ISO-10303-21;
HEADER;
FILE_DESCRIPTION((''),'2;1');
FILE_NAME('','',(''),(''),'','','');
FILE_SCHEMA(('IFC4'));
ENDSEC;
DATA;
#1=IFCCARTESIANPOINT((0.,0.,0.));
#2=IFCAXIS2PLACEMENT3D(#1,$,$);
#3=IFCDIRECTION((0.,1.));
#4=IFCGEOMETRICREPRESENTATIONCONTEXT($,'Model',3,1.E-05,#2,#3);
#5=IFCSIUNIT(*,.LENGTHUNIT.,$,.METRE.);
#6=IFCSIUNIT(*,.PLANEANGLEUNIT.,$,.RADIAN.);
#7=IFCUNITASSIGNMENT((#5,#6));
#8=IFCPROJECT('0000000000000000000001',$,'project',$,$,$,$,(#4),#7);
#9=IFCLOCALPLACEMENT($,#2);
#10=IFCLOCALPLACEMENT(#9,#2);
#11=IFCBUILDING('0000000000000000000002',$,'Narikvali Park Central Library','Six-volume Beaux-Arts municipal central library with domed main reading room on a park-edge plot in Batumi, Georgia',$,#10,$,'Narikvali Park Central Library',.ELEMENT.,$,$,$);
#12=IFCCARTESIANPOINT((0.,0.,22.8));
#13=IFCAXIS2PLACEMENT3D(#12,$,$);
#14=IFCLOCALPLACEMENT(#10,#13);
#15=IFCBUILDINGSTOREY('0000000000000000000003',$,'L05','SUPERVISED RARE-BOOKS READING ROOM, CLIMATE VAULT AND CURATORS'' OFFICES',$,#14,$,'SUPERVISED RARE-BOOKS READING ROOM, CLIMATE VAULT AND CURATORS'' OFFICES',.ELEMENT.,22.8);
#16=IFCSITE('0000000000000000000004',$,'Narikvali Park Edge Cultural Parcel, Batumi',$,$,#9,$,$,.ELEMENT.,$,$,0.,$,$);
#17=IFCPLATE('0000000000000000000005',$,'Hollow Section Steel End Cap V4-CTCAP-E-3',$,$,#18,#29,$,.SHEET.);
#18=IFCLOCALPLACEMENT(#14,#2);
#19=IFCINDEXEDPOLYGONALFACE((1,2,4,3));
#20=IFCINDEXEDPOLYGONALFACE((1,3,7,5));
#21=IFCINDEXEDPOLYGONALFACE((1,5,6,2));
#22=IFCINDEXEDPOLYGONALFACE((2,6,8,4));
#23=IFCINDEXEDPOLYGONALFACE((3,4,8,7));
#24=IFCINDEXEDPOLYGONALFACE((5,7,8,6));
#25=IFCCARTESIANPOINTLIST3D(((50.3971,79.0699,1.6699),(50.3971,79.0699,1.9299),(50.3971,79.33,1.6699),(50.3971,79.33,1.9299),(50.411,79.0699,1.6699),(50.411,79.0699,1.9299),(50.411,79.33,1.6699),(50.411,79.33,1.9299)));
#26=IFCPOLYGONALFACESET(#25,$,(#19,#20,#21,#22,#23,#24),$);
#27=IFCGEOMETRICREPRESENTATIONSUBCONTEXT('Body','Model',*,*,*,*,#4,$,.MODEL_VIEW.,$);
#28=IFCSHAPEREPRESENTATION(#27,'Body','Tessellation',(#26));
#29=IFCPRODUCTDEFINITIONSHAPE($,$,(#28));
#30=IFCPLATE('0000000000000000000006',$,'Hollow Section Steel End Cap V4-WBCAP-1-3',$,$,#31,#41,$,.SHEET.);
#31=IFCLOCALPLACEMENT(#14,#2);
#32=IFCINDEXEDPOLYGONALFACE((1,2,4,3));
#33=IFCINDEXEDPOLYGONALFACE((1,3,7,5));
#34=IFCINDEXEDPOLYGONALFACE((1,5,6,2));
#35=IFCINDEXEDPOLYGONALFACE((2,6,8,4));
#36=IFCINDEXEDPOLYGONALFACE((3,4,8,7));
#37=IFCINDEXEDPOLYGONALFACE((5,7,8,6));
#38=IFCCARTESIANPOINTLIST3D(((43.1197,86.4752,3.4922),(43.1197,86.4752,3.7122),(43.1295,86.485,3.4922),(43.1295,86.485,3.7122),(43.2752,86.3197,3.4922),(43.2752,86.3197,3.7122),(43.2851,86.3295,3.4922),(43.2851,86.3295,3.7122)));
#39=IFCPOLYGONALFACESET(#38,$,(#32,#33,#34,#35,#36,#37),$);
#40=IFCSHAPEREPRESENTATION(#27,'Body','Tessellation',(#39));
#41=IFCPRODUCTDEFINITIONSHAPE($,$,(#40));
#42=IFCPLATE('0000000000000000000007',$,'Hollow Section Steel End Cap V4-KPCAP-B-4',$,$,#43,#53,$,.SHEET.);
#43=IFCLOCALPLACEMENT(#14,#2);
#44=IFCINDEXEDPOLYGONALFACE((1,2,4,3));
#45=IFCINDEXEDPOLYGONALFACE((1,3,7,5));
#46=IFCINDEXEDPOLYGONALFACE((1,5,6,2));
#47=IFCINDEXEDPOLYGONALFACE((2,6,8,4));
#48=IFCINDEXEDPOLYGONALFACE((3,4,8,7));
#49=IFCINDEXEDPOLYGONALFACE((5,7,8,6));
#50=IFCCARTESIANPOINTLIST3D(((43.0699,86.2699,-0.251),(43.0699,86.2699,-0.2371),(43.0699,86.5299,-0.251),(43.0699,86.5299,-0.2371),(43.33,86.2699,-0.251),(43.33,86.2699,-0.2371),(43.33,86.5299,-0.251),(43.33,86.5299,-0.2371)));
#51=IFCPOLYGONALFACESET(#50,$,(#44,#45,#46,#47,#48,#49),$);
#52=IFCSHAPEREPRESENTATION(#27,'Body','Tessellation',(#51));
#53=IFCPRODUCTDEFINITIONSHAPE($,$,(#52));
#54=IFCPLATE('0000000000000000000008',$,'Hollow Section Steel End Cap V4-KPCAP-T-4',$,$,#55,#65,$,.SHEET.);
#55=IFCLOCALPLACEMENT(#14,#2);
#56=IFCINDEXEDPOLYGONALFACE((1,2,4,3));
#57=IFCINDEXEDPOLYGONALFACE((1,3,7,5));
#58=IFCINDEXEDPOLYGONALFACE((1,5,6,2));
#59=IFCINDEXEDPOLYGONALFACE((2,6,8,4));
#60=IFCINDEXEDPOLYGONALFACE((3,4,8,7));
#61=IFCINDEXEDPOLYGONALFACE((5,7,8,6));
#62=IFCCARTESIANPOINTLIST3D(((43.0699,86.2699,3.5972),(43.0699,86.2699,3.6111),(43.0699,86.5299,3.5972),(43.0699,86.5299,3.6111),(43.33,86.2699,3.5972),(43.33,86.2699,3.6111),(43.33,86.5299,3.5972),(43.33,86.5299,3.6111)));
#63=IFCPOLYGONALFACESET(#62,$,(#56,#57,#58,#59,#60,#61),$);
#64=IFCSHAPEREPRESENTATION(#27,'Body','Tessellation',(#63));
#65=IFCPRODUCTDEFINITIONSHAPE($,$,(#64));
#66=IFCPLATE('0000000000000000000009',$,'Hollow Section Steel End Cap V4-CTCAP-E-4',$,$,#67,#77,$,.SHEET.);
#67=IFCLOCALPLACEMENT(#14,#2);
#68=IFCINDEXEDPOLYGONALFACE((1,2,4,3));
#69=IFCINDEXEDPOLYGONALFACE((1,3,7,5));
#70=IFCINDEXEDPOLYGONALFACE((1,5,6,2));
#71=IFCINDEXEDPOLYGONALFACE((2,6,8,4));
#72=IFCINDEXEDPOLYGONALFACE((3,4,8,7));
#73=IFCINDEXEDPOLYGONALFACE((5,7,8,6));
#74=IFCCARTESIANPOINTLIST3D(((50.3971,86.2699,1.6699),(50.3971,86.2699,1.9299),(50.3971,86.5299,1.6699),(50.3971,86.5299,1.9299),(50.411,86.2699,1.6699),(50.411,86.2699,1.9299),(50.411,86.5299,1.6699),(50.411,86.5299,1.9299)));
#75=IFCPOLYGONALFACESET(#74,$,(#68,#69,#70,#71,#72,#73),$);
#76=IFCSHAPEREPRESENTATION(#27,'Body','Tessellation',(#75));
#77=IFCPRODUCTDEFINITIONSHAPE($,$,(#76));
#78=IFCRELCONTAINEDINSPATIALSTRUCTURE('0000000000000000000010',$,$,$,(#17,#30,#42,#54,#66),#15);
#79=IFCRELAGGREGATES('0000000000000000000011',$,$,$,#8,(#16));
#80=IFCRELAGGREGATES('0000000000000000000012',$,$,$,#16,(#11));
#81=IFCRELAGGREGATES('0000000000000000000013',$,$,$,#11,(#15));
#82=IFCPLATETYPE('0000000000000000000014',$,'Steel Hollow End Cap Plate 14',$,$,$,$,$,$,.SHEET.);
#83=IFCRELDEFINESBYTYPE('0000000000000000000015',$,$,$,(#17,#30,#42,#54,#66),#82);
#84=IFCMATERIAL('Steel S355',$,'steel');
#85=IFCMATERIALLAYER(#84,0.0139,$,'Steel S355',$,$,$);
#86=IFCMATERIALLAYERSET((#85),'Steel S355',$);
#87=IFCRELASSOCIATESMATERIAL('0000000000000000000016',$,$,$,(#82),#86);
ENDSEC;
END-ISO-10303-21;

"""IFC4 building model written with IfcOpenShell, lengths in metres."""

from ifc_helpers import new_model, si_unit, direction, frame, origin, origin_2d, place, context, subcontext, project, spatial, rectangle, extrude, material, layer, layer_set, type_object, element, save


model = new_model("IFC4")

# Units and contexts
model_context = context("Model", 3, precision=1e-05, world=origin(), true_north=direction((0.0, 1.0)))
body_context = subcontext(model_context, "Body", "Model", "MODEL_VIEW")
ifc_project = project(units=[si_unit("LENGTHUNIT", "METRE"), si_unit("PLANEANGLEUNIT", "RADIAN")], contexts=[model_context])

# Site, building, storey
site_placement = place(None, origin())
site = spatial("IfcSite", under=ifc_project, at=site_placement, Name="Narikvali Park Edge Cultural Parcel, Batumi", CompositionType="ELEMENT", RefElevation=0.0)
building_placement = place(site_placement, origin())
building = spatial("IfcBuilding", under=site, at=building_placement, Name="Narikvali Park Central Library", Description="Six-volume Beaux-Arts municipal central library with domed main reading room on a park-edge plot in Batumi, Georgia", LongName="Narikvali Park Central Library", CompositionType="ELEMENT")
storey_placement = place(building_placement, frame((0.0, 0.0, 22.8)))
storey = spatial("IfcBuildingStorey", under=building, at=storey_placement, Name="L05", Description="SUPERVISED RARE-BOOKS READING ROOM, CLIMATE VAULT AND CURATORS' OFFICES", LongName="SUPERVISED RARE-BOOKS READING ROOM, CLIMATE VAULT AND CURATORS' OFFICES", CompositionType="ELEMENT", Elevation=22.8)

# Shared definitions
ifc_material = material(Name="Steel S355", Category="steel")

# Plates
ifc_layer = layer(ifc_material, 0.0139, Name="Steel S355")
ifc_layer_set = layer_set([ifc_layer], Name="Steel S355")
plate_type = type_object("IfcPlateType", Name="Steel Hollow End Cap Plate 14", PredefinedType="SHEET", material=ifc_layer_set)
plate_1_placement = place(storey_placement, frame((50.4041, 79.2, 1.6699), z_axis=(0.0, 0.0, 1.0), x_axis=(1.0, 0.0, 0.0)))
element("IfcPlate", 1, at=plate_1_placement, inside=storey, type_object=plate_type, Name="Hollow Section Steel End Cap V4-CTCAP-E-3", PredefinedType="SHEET", context=body_context, shape_type="SweptSolid", body=[
    extrude(rectangle(XDim=0.0139, YDim=0.26, at=origin_2d()), origin(), (0.0, 0.0, 1.0), 0.26),
])
plate_2_placement = place(storey_placement, frame((43.2024, 86.4023, 3.4922), z_axis=(0.0, 0.0, 1.0), x_axis=(0.707107, -0.707107, 0.0)))
element("IfcPlate", 2, at=plate_2_placement, inside=storey, type_object=plate_type, Name="Hollow Section Steel End Cap V4-WBCAP-1-3", PredefinedType="SHEET", context=body_context, shape_type="SweptSolid", body=[
    extrude(rectangle(XDim=0.22, YDim=0.0139, at=origin_2d()), origin(), (0.0, 0.0, 1.0), 0.22),
])
for number, where, z_axis, x_axis, name in (
    (3, (43.2, 86.3999, -0.251), (0.0, 0.0, 1.0), (1.0, 0.0, 0.0), "Hollow Section Steel End Cap V4-KPCAP-B-4"),
    (4, (43.2, 86.3999, 3.5972), (0.0, 0.0, 1.0), (1.0, 0.0, 0.0), "Hollow Section Steel End Cap V4-KPCAP-T-4"),
):
    element("IfcPlate", number, at=place(storey_placement, frame(where, z_axis=z_axis, x_axis=x_axis)), inside=storey, type_object=plate_type, Name=name, PredefinedType="SHEET", context=body_context, shape_type="SweptSolid", body=[
        extrude(rectangle(XDim=0.26, YDim=0.26, at=origin_2d()), origin(), (0.0, 0.0, 1.0), 0.0139),
    ])
plate_3_placement = place(storey_placement, frame((50.4041, 86.3999, 1.6699), z_axis=(0.0, 0.0, 1.0), x_axis=(1.0, 0.0, 0.0)))
element("IfcPlate", 5, at=plate_3_placement, inside=storey, type_object=plate_type, Name="Hollow Section Steel End Cap V4-CTCAP-E-4", PredefinedType="SHEET", context=body_context, shape_type="SweptSolid", body=[
    extrude(rectangle(XDim=0.0139, YDim=0.26, at=origin_2d()), origin(), (0.0, 0.0, 1.0), 0.26),
])

save(model, "model.ifc")
